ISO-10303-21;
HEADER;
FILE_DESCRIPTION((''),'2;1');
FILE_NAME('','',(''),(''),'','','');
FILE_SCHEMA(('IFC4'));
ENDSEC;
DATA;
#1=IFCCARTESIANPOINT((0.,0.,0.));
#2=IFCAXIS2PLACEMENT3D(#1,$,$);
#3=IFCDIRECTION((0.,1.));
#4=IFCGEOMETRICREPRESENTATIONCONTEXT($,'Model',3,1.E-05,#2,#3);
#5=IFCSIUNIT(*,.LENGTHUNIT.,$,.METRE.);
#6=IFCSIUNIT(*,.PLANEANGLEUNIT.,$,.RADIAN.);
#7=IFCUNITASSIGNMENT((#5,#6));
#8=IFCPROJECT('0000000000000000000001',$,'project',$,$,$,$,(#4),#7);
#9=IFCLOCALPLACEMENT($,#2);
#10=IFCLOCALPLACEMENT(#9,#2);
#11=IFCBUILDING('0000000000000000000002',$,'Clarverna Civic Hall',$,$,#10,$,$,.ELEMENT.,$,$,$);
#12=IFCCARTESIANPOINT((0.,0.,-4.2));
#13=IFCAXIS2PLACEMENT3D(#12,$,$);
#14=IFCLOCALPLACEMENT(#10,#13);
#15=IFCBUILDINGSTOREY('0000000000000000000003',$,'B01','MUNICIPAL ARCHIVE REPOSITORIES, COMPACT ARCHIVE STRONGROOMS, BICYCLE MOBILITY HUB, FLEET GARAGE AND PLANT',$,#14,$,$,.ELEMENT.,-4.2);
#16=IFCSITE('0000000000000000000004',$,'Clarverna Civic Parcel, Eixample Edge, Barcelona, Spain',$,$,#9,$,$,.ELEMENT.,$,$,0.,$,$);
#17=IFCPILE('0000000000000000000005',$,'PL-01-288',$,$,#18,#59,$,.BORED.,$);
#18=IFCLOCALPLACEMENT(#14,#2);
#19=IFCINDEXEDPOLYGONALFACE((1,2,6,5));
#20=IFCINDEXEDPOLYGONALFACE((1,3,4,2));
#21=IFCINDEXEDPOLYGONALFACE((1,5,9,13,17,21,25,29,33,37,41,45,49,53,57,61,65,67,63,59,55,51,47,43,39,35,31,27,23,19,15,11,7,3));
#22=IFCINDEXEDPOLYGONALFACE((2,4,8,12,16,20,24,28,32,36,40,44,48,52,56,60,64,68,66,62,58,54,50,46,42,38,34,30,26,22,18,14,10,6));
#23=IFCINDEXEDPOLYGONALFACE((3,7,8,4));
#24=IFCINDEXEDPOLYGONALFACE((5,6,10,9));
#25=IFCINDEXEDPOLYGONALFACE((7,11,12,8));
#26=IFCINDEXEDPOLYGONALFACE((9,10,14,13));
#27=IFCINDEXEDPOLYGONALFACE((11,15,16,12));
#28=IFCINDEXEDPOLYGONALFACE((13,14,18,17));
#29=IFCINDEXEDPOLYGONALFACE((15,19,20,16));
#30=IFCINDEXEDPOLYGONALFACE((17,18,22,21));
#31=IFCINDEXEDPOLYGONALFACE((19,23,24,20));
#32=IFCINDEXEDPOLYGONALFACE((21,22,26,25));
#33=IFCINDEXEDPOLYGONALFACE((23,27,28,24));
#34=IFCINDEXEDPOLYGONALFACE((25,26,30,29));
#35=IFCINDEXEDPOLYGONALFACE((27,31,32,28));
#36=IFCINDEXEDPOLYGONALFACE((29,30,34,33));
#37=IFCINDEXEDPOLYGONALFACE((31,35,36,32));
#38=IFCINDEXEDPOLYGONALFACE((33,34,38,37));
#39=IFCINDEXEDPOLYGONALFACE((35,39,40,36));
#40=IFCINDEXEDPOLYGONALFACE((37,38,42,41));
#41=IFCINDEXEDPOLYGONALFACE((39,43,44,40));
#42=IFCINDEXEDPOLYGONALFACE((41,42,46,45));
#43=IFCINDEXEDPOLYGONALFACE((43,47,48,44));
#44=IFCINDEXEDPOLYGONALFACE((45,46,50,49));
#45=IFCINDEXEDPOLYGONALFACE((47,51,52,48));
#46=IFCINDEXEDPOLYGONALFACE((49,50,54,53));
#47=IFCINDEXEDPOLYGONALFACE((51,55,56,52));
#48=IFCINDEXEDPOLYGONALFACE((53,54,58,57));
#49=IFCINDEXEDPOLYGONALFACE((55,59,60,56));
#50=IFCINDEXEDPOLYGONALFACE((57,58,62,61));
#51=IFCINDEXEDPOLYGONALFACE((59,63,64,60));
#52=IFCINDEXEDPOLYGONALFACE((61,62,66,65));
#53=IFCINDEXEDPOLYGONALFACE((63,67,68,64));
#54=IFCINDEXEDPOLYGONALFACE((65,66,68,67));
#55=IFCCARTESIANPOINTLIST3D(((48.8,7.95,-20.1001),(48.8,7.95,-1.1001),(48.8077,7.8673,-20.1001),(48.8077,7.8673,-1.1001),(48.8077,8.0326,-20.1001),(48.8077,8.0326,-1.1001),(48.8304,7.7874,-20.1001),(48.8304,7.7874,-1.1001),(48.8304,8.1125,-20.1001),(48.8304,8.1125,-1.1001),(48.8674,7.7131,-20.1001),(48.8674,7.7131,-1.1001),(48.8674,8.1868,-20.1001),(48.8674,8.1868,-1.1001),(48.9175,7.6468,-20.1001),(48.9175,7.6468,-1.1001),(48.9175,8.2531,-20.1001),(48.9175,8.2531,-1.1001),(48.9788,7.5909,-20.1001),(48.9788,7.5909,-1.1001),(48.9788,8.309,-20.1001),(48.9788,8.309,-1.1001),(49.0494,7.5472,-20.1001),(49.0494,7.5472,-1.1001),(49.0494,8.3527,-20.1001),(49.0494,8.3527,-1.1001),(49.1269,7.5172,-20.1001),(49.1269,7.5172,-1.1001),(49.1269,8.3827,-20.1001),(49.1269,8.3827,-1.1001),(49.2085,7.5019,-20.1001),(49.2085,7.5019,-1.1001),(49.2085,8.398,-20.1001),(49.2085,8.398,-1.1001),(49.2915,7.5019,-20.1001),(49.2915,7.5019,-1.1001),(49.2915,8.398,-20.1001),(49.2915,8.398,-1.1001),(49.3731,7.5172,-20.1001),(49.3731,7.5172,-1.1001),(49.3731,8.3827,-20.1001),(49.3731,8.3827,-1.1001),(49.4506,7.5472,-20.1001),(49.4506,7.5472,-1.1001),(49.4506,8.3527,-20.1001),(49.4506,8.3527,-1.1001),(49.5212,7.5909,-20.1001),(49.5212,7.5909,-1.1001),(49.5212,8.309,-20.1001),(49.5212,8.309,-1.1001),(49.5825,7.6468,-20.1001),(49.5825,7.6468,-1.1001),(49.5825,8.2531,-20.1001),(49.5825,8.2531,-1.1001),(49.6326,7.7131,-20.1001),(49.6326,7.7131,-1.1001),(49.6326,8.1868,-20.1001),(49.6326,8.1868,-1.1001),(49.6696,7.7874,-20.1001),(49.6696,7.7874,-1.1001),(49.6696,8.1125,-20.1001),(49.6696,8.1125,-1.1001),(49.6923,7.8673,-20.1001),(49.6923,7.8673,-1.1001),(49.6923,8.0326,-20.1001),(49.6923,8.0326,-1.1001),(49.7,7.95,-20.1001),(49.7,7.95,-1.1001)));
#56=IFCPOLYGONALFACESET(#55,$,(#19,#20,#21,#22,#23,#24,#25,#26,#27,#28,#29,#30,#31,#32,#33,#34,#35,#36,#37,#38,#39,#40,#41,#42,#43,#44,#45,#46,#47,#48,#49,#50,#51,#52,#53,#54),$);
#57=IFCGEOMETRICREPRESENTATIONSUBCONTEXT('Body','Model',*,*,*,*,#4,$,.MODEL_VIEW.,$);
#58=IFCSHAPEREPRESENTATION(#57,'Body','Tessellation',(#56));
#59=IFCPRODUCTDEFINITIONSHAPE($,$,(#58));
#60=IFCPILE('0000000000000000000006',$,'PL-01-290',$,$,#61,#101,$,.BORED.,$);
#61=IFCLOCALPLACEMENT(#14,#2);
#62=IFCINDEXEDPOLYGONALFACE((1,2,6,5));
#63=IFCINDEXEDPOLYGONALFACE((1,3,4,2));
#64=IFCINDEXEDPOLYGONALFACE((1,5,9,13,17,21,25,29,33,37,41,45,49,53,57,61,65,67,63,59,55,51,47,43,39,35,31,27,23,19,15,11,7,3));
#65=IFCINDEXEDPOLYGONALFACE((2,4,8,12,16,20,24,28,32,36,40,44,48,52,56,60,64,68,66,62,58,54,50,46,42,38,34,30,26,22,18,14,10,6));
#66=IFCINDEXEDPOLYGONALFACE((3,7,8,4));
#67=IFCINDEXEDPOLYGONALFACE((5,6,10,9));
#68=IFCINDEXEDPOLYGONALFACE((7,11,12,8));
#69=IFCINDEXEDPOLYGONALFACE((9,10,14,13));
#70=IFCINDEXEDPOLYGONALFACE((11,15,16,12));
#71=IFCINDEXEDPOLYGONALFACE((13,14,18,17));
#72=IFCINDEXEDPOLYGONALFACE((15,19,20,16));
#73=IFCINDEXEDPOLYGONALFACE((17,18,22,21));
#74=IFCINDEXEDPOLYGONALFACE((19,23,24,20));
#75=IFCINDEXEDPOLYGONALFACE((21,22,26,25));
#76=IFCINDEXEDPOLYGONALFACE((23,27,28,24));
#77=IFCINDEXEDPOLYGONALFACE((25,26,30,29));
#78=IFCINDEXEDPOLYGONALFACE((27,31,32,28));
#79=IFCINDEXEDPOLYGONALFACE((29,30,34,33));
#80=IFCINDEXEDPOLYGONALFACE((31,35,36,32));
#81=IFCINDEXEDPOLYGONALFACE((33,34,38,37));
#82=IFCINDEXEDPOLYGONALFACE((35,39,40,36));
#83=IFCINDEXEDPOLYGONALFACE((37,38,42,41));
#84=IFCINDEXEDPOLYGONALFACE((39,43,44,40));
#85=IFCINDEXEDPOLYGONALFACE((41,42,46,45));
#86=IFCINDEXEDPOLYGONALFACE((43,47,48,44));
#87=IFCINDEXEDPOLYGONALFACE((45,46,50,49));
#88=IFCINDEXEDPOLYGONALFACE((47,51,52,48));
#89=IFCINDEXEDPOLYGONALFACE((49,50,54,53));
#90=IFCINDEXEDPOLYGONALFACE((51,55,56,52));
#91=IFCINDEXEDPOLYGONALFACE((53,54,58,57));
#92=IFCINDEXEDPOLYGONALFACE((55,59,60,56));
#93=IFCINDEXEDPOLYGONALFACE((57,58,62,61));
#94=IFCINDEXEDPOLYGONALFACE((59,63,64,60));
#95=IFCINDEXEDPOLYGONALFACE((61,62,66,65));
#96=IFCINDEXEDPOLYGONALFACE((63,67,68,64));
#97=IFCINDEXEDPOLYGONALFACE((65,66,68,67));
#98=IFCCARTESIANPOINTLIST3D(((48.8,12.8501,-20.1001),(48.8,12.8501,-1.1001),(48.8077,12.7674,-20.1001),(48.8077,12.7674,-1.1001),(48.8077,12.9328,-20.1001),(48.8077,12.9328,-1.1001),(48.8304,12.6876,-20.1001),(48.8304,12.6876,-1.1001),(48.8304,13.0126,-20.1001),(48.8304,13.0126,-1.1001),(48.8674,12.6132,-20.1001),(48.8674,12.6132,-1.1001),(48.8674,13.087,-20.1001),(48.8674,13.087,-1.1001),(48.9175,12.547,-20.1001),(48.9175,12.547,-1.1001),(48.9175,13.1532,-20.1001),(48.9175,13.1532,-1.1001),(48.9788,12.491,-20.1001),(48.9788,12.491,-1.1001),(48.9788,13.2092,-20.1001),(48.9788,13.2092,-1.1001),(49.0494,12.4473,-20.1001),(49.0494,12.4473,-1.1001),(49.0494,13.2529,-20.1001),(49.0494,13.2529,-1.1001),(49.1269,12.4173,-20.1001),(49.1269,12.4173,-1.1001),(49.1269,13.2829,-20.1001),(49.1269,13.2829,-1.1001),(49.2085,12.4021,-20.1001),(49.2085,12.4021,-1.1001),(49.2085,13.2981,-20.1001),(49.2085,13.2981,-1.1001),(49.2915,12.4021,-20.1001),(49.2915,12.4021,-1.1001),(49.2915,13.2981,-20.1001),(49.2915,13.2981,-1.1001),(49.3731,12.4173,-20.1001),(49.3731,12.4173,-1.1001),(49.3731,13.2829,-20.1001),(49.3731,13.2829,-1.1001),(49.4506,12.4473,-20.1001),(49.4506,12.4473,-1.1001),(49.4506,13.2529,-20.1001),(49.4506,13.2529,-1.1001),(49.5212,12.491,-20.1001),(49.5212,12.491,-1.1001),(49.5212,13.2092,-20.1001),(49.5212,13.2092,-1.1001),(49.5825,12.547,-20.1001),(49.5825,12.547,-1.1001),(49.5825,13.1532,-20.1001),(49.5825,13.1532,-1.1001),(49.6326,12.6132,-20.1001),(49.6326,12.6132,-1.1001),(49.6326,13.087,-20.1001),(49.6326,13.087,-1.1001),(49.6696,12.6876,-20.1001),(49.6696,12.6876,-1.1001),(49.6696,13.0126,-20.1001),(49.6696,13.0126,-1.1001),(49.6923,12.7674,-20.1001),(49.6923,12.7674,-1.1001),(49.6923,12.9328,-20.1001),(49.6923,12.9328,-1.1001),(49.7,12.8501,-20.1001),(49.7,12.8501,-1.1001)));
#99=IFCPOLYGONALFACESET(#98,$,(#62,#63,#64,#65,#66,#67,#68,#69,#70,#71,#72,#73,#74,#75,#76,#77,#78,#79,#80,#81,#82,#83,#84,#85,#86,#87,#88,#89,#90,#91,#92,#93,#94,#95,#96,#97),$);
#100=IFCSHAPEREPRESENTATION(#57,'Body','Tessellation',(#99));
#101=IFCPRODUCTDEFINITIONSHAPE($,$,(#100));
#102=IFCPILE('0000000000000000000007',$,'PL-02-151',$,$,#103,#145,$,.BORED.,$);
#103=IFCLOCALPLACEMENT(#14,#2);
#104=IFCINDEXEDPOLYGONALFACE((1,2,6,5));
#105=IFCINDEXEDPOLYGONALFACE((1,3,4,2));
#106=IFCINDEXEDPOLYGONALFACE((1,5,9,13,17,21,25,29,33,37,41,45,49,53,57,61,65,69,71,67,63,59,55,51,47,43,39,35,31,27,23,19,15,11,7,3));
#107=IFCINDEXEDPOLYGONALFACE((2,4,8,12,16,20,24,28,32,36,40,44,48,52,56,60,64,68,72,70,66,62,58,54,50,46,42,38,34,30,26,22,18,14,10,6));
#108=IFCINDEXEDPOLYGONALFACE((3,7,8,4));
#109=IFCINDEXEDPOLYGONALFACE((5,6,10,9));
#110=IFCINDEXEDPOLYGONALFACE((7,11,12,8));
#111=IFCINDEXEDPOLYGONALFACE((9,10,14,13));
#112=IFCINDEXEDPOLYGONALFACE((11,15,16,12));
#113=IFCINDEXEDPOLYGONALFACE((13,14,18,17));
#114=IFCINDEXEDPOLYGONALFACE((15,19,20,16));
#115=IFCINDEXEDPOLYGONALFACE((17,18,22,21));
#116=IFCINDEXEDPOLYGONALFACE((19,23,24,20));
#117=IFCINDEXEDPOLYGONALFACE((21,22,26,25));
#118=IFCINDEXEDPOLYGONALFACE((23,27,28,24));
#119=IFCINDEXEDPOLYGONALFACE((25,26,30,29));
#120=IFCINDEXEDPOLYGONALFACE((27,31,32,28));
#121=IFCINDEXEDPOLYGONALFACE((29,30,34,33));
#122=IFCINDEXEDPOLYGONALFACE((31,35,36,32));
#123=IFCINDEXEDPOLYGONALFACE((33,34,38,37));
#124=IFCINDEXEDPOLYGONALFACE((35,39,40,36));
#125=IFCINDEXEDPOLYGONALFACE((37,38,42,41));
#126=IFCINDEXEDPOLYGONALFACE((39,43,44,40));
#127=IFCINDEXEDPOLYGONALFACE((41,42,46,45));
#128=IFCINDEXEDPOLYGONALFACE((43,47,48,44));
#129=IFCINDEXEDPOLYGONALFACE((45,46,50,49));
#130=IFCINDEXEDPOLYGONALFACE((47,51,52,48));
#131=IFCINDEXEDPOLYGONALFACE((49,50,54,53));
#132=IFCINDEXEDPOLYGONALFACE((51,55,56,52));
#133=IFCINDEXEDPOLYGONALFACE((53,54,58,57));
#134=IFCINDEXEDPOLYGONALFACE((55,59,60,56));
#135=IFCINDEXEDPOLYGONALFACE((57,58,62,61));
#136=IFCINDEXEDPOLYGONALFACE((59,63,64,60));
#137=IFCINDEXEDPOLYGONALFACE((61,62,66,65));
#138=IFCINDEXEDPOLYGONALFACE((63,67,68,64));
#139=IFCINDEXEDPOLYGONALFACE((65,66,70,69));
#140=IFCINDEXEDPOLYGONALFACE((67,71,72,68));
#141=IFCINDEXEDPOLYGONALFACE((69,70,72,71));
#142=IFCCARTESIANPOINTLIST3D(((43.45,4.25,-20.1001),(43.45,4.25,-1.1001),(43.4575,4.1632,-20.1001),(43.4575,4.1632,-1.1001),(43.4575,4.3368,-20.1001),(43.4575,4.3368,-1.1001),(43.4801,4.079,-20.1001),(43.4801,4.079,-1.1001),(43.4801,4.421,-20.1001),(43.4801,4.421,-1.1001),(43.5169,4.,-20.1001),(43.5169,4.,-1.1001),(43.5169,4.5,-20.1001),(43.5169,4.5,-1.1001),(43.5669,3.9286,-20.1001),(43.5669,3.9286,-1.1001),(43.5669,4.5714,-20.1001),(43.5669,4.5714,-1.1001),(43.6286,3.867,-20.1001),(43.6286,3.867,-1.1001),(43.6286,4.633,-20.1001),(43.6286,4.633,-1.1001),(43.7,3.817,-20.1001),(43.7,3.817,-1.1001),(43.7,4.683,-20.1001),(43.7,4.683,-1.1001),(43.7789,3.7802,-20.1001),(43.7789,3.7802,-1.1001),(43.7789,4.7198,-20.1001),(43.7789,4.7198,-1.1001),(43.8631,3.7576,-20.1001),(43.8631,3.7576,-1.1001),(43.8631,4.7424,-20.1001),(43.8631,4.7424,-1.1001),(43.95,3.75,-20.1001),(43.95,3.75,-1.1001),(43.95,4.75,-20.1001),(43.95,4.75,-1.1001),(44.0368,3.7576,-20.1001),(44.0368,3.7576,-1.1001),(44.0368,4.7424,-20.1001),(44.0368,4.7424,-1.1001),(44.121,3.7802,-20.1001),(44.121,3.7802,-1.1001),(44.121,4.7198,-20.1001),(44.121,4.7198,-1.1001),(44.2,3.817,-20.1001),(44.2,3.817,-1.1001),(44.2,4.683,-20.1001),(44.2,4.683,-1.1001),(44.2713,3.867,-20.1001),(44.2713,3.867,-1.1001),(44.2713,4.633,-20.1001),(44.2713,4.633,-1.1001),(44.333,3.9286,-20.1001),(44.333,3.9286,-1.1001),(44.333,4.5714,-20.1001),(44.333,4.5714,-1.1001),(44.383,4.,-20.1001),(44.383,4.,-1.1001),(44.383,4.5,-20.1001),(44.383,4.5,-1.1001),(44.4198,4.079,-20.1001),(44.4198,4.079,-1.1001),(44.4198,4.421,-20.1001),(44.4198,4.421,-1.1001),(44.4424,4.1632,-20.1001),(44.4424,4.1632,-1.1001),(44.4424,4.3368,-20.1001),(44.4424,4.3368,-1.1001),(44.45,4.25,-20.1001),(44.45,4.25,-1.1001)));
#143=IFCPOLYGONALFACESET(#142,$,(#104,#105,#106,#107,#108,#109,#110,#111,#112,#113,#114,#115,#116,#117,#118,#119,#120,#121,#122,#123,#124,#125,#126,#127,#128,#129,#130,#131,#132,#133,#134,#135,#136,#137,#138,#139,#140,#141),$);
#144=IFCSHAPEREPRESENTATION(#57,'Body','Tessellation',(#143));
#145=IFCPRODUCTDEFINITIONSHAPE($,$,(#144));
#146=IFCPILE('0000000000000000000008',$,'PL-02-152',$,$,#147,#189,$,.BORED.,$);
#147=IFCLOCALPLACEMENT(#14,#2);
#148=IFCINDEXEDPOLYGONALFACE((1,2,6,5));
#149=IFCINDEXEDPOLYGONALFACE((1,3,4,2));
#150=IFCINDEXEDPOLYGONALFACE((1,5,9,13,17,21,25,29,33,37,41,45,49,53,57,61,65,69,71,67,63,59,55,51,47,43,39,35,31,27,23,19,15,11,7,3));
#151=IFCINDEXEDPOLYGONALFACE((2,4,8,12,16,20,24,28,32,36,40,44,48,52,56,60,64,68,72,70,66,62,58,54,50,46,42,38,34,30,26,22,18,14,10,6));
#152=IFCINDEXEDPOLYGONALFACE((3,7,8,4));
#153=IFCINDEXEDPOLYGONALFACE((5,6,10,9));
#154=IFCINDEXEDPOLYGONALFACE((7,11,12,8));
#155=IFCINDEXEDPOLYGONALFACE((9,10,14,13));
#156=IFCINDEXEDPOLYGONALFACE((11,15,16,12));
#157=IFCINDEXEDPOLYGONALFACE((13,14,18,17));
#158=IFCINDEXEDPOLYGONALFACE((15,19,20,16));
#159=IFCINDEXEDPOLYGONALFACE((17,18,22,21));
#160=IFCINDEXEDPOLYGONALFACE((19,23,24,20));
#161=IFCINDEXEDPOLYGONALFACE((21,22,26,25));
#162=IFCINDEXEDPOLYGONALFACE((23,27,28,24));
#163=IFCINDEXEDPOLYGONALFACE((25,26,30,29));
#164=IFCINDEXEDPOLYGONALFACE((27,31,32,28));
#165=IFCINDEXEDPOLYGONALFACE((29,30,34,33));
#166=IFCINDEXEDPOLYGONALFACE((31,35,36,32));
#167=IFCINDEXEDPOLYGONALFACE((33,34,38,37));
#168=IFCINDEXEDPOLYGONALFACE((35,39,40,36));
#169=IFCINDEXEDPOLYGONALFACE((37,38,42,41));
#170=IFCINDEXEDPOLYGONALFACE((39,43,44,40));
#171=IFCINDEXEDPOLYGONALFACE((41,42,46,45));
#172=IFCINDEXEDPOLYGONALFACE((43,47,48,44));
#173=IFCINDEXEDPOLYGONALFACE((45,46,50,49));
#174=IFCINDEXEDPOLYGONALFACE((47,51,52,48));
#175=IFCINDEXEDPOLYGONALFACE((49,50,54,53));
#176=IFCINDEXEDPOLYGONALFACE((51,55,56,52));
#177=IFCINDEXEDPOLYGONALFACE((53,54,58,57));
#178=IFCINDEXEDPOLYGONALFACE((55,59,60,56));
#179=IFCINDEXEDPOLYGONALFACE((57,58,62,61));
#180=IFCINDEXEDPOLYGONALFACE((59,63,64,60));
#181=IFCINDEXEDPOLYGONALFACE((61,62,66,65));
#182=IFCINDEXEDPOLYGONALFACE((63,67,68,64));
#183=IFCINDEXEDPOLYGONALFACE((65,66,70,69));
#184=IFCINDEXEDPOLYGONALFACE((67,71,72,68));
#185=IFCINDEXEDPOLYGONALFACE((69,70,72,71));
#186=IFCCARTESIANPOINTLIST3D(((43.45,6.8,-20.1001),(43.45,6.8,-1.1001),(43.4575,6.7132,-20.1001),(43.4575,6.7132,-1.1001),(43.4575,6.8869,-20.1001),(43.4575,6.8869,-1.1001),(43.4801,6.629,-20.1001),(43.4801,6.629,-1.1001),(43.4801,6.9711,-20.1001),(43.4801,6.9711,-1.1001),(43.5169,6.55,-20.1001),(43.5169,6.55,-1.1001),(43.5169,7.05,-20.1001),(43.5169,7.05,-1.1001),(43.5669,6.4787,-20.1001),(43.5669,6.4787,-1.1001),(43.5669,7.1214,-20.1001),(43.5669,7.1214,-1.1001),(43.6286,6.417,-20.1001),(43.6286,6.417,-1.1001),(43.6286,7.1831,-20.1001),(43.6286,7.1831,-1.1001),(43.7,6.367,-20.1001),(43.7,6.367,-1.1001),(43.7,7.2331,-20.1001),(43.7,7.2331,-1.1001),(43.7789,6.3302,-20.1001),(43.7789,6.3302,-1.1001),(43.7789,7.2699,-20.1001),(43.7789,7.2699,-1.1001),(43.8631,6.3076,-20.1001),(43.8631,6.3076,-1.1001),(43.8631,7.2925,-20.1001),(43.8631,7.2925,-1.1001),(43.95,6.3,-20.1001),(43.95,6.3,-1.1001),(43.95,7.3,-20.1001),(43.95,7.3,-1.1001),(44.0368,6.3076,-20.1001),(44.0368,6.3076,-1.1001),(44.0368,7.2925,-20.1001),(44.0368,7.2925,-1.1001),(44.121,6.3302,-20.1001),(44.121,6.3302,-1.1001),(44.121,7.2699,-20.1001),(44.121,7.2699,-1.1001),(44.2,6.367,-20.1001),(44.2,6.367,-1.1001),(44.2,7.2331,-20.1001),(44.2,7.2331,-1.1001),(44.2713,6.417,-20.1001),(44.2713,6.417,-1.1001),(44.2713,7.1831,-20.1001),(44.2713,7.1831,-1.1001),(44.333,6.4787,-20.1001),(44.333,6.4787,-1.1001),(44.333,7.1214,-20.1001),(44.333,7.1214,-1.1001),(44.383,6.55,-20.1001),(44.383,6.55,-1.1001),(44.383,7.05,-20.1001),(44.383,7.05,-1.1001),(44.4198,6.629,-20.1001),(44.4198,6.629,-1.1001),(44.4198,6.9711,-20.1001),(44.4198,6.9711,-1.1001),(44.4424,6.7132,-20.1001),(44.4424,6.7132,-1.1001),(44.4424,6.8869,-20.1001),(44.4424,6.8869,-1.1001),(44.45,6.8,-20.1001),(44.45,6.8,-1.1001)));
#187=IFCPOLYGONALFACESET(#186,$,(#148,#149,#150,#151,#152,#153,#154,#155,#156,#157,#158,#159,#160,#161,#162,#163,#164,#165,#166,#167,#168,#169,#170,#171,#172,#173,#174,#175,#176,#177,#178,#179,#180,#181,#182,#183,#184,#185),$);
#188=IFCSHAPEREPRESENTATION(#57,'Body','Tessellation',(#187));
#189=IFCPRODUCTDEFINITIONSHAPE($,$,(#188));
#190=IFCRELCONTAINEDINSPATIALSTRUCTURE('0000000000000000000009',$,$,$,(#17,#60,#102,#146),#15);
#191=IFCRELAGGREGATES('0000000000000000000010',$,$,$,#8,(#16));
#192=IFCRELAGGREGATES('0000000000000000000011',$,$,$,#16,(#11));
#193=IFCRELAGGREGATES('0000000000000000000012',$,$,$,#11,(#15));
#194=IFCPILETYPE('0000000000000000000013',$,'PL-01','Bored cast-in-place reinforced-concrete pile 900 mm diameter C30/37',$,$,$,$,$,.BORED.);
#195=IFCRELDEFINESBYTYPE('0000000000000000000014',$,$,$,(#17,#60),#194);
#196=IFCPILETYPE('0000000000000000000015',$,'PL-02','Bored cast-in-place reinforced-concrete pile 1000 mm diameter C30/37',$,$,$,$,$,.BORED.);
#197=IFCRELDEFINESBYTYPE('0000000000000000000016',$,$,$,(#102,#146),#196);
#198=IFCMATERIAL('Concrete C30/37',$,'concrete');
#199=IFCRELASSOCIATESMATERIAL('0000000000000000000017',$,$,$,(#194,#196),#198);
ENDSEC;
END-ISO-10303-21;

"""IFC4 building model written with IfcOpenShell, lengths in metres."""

from ifc_helpers import new_model, si_unit, direction, frame, origin, origin_2d, place, context, subcontext, project, spatial, circle, extrude, material, material_profile, profile_set, type_object, element, save


model = new_model("IFC4")

# Units and contexts
model_context = context("Model", 3, precision=1e-05, world=origin(), true_north=direction((0.0, 1.0)))
body_context = subcontext(model_context, "Body", "Model", "MODEL_VIEW")
ifc_project = project(units=[si_unit("LENGTHUNIT", "METRE"), si_unit("PLANEANGLEUNIT", "RADIAN")], contexts=[model_context])

# Site, building, storey
site_placement = place(None, origin())
site = spatial("IfcSite", under=ifc_project, at=site_placement, Name="Clarverna Civic Parcel, Eixample Edge, Barcelona, Spain", CompositionType="ELEMENT", RefElevation=0.0)
building_placement = place(site_placement, origin())
building = spatial("IfcBuilding", under=site, at=building_placement, Name="Clarverna Civic Hall", CompositionType="ELEMENT")
storey_placement = place(building_placement, frame((0.0, 0.0, -4.2)))
storey = spatial("IfcBuildingStorey", under=building, at=storey_placement, Name="B01", Description="MUNICIPAL ARCHIVE REPOSITORIES, COMPACT ARCHIVE STRONGROOMS, BICYCLE MOBILITY HUB, FLEET GARAGE AND PLANT", CompositionType="ELEMENT", Elevation=-4.2)

# Shared definitions
ifc_material_1 = material(Name="Concrete C30/37", Category="concrete")

# Piles
ifc_material_profile_1 = material_profile(ifc_material_1, circle(Radius=0.45, at=origin_2d()), Name="BORED PILE D900")
ifc_profile_set_1 = profile_set([ifc_material_profile_1], Name="Concrete C30/37")
pile_type_1 = type_object("IfcPileType", Name="PL-01", Description="Bored cast-in-place reinforced-concrete pile 900 mm diameter C30/37", PredefinedType="BORED", material=ifc_profile_set_1)
for number, where, z_axis, x_axis, name in (
    (1, (49.25, 7.95, -1.1001), (0.0, 0.0, -1.0), (1.0, 0.0, 0.0), "PL-01-288"),
    (2, (49.25, 12.8501, -1.1001), (0.0, 0.0, -1.0), (1.0, 0.0, 0.0), "PL-01-290"),
):
    element("IfcPile", number, at=place(storey_placement, frame(where, z_axis=z_axis, x_axis=x_axis)), inside=storey, type_object=pile_type_1, Name=name, PredefinedType="BORED", context=body_context, shape_type="SweptSolid", body=[
        extrude(circle(Radius=0.45, at=origin_2d()), origin(), (0.0, 0.0, 1.0), 19.0),
    ])
ifc_material_profile_2 = material_profile(ifc_material_1, circle(Radius=0.5, at=origin_2d()), Name="BORED PILE D1000")
ifc_profile_set_2 = profile_set([ifc_material_profile_2], Name="Concrete C30/37")
pile_type_2 = type_object("IfcPileType", Name="PL-02", Description="Bored cast-in-place reinforced-concrete pile 1000 mm diameter C30/37", PredefinedType="BORED", material=ifc_profile_set_2)
for number, where, z_axis, x_axis, name in (
    (3, (43.95, 4.25, -1.1001), (0.0, 0.0, -1.0), (1.0, 0.0, 0.0), "PL-02-151"),
    (4, (43.95, 6.8, -1.1001), (0.0, 0.0, -1.0), (1.0, 0.0, 0.0), "PL-02-152"),
):
    element("IfcPile", number, at=place(storey_placement, frame(where, z_axis=z_axis, x_axis=x_axis)), inside=storey, type_object=pile_type_2, Name=name, PredefinedType="BORED", context=body_context, shape_type="SweptSolid", body=[
        extrude(circle(Radius=0.5, at=origin_2d()), origin(), (0.0, 0.0, 1.0), 19.0),
    ])

save(model, "model.ifc")
